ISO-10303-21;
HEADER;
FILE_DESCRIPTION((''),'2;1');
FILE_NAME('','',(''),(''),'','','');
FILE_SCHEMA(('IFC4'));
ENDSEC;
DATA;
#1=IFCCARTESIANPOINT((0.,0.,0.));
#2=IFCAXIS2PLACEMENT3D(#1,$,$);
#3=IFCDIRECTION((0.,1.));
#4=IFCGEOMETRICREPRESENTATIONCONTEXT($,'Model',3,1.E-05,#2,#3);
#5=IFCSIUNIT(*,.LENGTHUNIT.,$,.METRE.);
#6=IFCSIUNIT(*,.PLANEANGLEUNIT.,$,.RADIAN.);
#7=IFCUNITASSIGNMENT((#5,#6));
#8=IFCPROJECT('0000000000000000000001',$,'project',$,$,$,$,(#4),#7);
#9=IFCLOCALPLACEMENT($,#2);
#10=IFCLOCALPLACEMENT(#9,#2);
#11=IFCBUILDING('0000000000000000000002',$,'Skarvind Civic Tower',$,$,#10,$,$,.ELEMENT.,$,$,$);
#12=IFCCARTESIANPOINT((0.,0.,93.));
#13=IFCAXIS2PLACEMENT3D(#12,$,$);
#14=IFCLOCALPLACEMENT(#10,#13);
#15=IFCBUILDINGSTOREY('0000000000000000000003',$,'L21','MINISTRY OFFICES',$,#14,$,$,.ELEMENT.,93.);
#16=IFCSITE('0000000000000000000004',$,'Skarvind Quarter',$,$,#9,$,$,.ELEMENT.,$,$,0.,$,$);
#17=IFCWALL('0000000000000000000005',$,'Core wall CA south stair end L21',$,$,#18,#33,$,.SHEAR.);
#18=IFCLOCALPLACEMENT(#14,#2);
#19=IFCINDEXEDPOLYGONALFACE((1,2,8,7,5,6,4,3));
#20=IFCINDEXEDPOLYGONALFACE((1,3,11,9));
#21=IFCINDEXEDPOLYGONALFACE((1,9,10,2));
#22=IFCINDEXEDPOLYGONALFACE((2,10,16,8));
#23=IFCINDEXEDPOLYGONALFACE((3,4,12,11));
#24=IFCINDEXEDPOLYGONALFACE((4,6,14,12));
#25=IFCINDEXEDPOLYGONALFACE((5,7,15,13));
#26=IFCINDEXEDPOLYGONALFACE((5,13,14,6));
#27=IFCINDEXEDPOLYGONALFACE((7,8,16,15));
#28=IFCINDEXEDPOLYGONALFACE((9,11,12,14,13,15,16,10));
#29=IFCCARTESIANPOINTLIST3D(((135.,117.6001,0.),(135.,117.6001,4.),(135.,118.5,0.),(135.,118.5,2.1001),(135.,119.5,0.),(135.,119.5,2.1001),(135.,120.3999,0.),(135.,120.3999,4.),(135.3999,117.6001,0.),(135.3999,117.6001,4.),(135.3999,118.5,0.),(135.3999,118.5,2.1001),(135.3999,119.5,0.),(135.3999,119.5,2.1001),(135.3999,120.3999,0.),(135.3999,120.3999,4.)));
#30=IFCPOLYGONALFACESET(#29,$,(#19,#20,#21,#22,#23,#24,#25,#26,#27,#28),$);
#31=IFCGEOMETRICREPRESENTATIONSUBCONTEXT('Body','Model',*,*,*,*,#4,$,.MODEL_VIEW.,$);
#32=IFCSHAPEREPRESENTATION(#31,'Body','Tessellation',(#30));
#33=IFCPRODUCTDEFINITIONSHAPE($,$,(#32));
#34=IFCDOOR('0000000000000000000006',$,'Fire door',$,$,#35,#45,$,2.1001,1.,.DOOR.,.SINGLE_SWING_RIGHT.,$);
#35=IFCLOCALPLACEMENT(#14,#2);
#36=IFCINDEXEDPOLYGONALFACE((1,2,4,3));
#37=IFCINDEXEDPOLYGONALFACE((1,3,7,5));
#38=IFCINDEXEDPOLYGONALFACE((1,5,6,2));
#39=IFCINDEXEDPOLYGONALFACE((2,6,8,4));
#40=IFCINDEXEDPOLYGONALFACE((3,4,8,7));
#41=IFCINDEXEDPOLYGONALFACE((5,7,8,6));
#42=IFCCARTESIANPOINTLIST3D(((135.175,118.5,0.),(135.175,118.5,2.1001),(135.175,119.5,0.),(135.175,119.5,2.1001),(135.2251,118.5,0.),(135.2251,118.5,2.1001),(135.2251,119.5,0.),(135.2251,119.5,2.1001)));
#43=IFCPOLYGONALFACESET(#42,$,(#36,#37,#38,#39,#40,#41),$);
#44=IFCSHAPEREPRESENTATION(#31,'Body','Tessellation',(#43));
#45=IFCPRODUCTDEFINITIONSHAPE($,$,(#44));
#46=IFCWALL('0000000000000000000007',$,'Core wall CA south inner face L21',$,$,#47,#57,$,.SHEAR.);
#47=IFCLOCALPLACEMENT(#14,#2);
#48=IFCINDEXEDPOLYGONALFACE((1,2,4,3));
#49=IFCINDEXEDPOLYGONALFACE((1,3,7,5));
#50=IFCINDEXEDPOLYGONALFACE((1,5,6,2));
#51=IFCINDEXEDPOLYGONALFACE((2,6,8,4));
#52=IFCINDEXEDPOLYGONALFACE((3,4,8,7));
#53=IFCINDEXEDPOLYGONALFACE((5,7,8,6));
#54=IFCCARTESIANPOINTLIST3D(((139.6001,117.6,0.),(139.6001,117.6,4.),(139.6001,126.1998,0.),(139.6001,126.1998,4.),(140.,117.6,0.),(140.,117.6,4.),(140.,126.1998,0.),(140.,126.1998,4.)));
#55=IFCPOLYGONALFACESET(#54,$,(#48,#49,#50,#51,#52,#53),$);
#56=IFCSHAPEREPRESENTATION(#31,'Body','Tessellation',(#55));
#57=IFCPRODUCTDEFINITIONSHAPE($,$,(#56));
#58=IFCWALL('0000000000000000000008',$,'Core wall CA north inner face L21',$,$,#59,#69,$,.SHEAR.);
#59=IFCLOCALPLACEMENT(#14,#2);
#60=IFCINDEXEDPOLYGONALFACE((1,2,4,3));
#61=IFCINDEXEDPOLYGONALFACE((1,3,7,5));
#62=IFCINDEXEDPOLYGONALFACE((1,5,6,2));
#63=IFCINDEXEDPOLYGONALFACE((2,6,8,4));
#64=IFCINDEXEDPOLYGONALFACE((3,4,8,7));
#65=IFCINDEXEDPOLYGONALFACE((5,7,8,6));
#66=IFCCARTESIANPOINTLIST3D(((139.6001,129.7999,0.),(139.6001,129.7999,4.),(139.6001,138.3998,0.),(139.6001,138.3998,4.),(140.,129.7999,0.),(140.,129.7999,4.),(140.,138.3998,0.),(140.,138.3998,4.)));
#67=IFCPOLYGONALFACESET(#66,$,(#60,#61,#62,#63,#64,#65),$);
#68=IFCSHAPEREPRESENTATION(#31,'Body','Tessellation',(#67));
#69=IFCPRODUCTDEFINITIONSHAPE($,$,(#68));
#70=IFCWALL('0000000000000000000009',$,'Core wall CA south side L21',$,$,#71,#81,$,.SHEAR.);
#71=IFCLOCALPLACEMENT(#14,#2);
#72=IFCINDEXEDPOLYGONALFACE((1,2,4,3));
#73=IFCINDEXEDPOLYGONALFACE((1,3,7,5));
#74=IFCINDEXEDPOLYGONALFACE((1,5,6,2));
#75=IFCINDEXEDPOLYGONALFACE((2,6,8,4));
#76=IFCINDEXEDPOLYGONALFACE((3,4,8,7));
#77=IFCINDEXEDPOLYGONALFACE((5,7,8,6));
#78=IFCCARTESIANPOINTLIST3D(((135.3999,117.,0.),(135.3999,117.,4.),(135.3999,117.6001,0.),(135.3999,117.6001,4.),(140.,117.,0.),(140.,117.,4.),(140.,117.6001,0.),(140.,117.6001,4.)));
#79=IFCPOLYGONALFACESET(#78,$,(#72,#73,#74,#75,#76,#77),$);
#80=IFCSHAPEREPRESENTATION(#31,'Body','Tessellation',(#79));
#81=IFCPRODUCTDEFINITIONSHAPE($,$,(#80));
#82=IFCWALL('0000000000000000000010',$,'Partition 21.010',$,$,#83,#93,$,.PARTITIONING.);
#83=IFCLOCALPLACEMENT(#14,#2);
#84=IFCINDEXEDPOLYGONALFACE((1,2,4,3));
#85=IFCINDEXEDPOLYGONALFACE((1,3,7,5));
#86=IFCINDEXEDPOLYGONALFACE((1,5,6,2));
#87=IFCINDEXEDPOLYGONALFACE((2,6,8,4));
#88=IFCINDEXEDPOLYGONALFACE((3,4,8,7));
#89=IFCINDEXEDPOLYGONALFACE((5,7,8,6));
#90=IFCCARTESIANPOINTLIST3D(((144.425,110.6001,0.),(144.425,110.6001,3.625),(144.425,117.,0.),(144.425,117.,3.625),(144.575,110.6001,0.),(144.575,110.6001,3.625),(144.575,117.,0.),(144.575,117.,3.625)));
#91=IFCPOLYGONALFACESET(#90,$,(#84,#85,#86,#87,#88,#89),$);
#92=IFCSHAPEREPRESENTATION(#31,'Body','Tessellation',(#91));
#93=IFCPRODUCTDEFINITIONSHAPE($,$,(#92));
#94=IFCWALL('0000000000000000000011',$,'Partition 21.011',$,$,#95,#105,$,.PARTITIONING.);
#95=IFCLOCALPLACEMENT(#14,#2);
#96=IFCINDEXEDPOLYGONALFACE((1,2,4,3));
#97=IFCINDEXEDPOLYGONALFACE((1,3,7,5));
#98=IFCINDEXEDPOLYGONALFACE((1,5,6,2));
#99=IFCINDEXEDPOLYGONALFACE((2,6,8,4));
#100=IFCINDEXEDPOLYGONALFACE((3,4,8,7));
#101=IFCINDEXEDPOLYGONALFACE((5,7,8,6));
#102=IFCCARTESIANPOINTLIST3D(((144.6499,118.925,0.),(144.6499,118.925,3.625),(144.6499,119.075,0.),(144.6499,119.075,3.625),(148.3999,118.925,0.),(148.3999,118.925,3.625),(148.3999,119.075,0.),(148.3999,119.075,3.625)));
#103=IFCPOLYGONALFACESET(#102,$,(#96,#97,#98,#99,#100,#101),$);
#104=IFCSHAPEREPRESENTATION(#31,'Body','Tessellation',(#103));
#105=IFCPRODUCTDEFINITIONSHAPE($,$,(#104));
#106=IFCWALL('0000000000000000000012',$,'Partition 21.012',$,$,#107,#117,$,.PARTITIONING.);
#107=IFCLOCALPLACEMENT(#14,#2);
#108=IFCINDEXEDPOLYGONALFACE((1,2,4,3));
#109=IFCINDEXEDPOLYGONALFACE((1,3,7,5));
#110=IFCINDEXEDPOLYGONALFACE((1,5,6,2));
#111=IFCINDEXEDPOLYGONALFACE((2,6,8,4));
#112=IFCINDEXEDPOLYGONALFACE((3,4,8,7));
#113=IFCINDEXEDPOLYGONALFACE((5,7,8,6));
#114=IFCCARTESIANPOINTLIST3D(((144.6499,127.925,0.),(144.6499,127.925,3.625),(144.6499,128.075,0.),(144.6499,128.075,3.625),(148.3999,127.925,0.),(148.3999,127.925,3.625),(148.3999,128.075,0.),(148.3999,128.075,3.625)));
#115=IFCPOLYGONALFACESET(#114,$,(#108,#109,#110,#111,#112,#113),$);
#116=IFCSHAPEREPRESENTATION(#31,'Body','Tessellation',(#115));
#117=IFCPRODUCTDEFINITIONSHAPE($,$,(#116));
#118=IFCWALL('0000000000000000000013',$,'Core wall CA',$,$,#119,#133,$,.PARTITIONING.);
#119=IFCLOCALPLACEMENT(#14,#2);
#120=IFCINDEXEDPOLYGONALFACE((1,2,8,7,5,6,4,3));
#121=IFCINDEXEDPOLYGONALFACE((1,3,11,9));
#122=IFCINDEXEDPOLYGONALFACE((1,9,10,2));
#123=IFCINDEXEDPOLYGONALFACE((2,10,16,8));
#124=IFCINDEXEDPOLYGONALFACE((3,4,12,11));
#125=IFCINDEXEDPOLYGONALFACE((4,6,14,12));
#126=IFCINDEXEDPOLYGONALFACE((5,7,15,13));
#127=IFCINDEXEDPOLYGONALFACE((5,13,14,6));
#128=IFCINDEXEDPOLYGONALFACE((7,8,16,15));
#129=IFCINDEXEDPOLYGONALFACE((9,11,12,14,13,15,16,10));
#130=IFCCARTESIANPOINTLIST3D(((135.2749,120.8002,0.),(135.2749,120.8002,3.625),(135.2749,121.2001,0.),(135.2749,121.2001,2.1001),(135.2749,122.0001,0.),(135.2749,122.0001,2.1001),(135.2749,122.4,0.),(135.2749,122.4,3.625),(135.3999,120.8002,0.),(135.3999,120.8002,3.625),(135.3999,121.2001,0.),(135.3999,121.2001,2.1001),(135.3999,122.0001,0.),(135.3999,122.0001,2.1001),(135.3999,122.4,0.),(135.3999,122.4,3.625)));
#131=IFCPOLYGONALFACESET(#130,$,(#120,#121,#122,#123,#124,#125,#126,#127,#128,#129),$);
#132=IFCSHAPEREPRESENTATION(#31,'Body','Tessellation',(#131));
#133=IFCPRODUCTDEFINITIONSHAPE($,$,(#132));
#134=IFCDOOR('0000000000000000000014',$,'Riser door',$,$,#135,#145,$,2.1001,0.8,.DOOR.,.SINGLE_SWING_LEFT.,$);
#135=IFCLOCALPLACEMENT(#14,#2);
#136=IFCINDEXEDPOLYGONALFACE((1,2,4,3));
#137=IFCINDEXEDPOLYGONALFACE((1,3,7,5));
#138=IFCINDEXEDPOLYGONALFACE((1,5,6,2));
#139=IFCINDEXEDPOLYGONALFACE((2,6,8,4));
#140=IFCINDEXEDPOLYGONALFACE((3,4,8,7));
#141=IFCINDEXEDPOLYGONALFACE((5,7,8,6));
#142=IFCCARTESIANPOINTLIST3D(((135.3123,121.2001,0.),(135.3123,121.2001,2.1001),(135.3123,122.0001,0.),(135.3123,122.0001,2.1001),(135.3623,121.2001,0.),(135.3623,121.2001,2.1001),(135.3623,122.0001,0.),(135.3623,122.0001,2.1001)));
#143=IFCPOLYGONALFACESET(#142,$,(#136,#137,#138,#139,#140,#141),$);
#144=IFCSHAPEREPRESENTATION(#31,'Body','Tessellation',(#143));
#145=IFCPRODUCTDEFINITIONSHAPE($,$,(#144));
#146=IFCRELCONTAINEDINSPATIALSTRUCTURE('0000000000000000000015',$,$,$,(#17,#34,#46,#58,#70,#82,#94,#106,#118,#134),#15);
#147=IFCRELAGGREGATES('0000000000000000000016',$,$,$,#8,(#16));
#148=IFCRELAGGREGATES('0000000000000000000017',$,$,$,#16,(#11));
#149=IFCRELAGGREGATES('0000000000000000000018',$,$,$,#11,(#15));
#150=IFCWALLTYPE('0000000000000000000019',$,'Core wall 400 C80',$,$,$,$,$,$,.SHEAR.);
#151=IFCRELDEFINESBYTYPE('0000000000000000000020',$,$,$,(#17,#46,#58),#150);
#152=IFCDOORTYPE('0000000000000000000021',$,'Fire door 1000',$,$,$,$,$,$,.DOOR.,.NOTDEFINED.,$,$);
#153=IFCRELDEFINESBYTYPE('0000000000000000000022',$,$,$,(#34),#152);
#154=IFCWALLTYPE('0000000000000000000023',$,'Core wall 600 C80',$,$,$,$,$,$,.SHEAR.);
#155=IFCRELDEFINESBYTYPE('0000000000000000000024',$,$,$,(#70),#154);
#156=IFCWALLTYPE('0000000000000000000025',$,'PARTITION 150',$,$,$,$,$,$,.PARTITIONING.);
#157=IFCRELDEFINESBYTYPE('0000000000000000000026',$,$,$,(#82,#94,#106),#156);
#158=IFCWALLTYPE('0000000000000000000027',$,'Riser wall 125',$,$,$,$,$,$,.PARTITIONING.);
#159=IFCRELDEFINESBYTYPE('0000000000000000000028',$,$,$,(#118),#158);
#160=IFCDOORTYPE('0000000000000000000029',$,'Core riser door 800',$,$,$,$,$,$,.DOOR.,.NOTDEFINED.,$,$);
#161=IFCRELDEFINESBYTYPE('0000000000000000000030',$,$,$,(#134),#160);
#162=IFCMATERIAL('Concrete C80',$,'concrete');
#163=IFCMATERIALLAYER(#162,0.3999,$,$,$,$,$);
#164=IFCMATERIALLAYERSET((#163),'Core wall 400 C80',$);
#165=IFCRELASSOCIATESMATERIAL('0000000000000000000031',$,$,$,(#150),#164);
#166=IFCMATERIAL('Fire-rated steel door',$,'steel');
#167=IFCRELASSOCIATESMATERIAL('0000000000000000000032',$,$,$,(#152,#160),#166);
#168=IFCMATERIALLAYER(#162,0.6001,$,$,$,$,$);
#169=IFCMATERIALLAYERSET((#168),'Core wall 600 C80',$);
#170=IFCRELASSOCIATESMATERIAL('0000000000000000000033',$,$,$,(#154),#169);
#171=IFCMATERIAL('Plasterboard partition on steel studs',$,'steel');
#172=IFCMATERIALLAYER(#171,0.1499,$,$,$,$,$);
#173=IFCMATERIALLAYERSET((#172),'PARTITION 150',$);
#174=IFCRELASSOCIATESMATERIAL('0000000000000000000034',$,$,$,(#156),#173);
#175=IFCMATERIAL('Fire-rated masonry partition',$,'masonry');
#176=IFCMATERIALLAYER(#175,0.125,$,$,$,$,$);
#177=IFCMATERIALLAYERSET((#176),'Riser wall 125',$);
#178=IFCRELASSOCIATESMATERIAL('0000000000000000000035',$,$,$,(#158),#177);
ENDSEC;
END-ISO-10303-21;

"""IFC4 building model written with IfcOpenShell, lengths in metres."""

from ifc_helpers import new_model, si_unit, direction, frame, frame_2d, origin, place, context, subcontext, project, spatial, rectangle, extrude, material, layer, layer_set, type_object, element, fill, save


model = new_model("IFC4")

# Units and contexts
model_context = context("Model", 3, precision=1e-05, world=origin(), true_north=direction((0.0, 1.0)))
body_context = subcontext(model_context, "Body", "Model", "MODEL_VIEW")
ifc_project = project(units=[si_unit("LENGTHUNIT", "METRE"), si_unit("PLANEANGLEUNIT", "RADIAN")], contexts=[model_context])

# Site, building, storey
site_placement = place(None, origin())
site = spatial("IfcSite", under=ifc_project, at=site_placement, Name="Skarvind Quarter", CompositionType="ELEMENT", RefElevation=0.0)
building_placement = place(site_placement, origin())
building = spatial("IfcBuilding", under=site, at=building_placement, Name="Skarvind Civic Tower", CompositionType="ELEMENT")
storey_placement = place(building_placement, frame((0.0, 0.0, 93.0)))
storey = spatial("IfcBuildingStorey", under=building, at=storey_placement, Name="L21", Description="MINISTRY OFFICES", CompositionType="ELEMENT", Elevation=93.0)

# Wall, opening, door
ifc_material_1 = material(Name="Fire-rated masonry partition", Category="masonry")
ifc_material_2 = material(Name="Fire-rated steel door", Category="steel")
ifc_material_3 = material(Name="Concrete C80", Category="concrete")
ifc_layer_1 = layer(ifc_material_3, 0.3999)
ifc_layer_set_1 = layer_set([ifc_layer_1], Name="Core wall 400 C80")
wall_type_1 = type_object("IfcWallType", Name="Core wall 400 C80", PredefinedType="SHEAR", material=ifc_layer_set_1)
wall_1_placement = place(storey_placement, frame((135.2, 117.6001, 0.0), z_axis=(0.0, 0.0, 1.0), x_axis=(0.0, 1.0, 0.0)))
wall_1 = element("IfcWall", 1, at=wall_1_placement, inside=storey, type_object=wall_type_1, Name="Core wall CA south stair end L21", PredefinedType="SHEAR", context=body_context, shape_type="SweptSolid", body=[
    extrude(rectangle(XDim=2.7998, YDim=0.3999, at=frame_2d((1.3999, 0.0))), origin(), (0.0, 0.0, 1.0), 4.0),
])
opening_1_placement = place(wall_1_placement, frame((0.8999, 0.0, 0.0)))
opening_1 = element("IfcOpeningElement", 2, at=opening_1_placement, cuts=wall_1, PredefinedType="OPENING", context=body_context, shape_type="SweptSolid", body=[
    extrude(rectangle(XDim=1.0, YDim=2.1001, at=frame_2d((0.5, 1.05))), frame((0.0, 0.21, 0.0), z_axis=(0.0, -1.0, 0.0), x_axis=(1.0, 0.0, 0.0)), (0.0, 0.0, 1.0), 0.4199),
])
door_type_1 = type_object("IfcDoorType", Name="Fire door 1000", OperationType="NOTDEFINED", PredefinedType="DOOR", material=ifc_material_2)
door_1_placement = place(opening_1_placement, origin())
door_1 = element("IfcDoor", 3, at=door_1_placement, inside=storey, type_object=door_type_1, Name="Fire door", OperationType="SINGLE_SWING_RIGHT", OverallHeight=2.1001, OverallWidth=1.0, PredefinedType="DOOR", context=body_context, shape_type="SweptSolid", body=[
    extrude(rectangle(XDim=1.0, YDim=2.1001, at=frame_2d((0.5, 1.05))), frame((0.0, 0.0249, 0.0), z_axis=(0.0, -1.0, 0.0), x_axis=(1.0, 0.0, 0.0)), (0.0, 0.0, 1.0), 0.05),
])
fill(opening_1, door_1)

# Walls
for number, where, z_axis, x_axis, name in (
    (4, (139.8, 117.6001, 0.0), (0.0, 0.0, 1.0), (0.0, 1.0, 0.0), "Core wall CA south inner face L21"),
    (5, (139.8, 129.8, 0.0), (0.0, 0.0, 1.0), (0.0, 1.0, 0.0), "Core wall CA north inner face L21"),
):
    element("IfcWall", number, at=place(storey_placement, frame(where, z_axis=z_axis, x_axis=x_axis)), inside=storey, type_object=wall_type_1, Name=name, PredefinedType="SHEAR", context=body_context, shape_type="SweptSolid", body=[
        extrude(rectangle(XDim=8.5999, YDim=0.3999, at=frame_2d((4.2998, 0.0))), origin(), (0.0, 0.0, 1.0), 4.0),
    ])
ifc_layer_2 = layer(ifc_material_3, 0.6001)
ifc_layer_set_2 = layer_set([ifc_layer_2], Name="Core wall 600 C80")
wall_type_2 = type_object("IfcWallType", Name="Core wall 600 C80", PredefinedType="SHEAR", material=ifc_layer_set_2)
wall_2_placement = place(storey_placement, frame((135.3999, 117.3, 0.0), z_axis=(0.0, 0.0, 1.0), x_axis=(1.0, 0.0, 0.0)))
element("IfcWall", 6, at=wall_2_placement, inside=storey, type_object=wall_type_2, Name="Core wall CA south side L21", PredefinedType="SHEAR", context=body_context, shape_type="SweptSolid", body=[
    extrude(rectangle(XDim=4.6001, YDim=0.6001, at=frame_2d((2.3, 0.0))), origin(), (0.0, 0.0, 1.0), 4.0),
])
ifc_material_4 = material(Name="Plasterboard partition on steel studs", Category="steel")
ifc_layer_3 = layer(ifc_material_4, 0.1499)
ifc_layer_set_3 = layer_set([ifc_layer_3], Name="PARTITION 150")
wall_type_3 = type_object("IfcWallType", Name="PARTITION 150", PredefinedType="PARTITIONING", material=ifc_layer_set_3)
wall_3_placement = place(storey_placement, frame((144.5, 117.0, 0.0), z_axis=(0.0, 0.0, 1.0), x_axis=(0.0, -1.0, 0.0)))
element("IfcWall", 7, at=wall_3_placement, inside=storey, type_object=wall_type_3, Name="Partition 21.010", PredefinedType="PARTITIONING", context=body_context, shape_type="SweptSolid", body=[
    extrude(rectangle(XDim=6.3999, YDim=0.1499, at=frame_2d((3.2, 0.0))), origin(), (0.0, 0.0, 1.0), 3.625),
])
for number, where, z_axis, x_axis, name in (
    (8, (144.6499, 119.0, 0.0), (0.0, 0.0, 1.0), (1.0, 0.0, 0.0), "Partition 21.011"),
    (9, (144.6499, 128.0, 0.0), (0.0, 0.0, 1.0), (1.0, 0.0, 0.0), "Partition 21.012"),
):
    element("IfcWall", number, at=place(storey_placement, frame(where, z_axis=z_axis, x_axis=x_axis)), inside=storey, type_object=wall_type_3, Name=name, PredefinedType="PARTITIONING", context=body_context, shape_type="SweptSolid", body=[
        extrude(rectangle(XDim=3.75, YDim=0.1499, at=frame_2d((1.875, 0.0))), origin(), (0.0, 0.0, 1.0), 3.625),
    ])

# Wall, opening, door
ifc_layer_4 = layer(ifc_material_1, 0.125)
ifc_layer_set_4 = layer_set([ifc_layer_4], Name="Riser wall 125")
wall_type_4 = type_object("IfcWallType", Name="Riser wall 125", PredefinedType="PARTITIONING", material=ifc_layer_set_4)
wall_4_placement = place(storey_placement, frame((135.3374, 122.3999, 0.0), z_axis=(0.0, 0.0, 1.0), x_axis=(0.0, -1.0, 0.0)))
wall_4 = element("IfcWall", 10, at=wall_4_placement, inside=storey, type_object=wall_type_4, Name="Core wall CA", PredefinedType="PARTITIONING", context=body_context, shape_type="SweptSolid", body=[
    extrude(rectangle(XDim=1.5999, YDim=0.125, at=frame_2d((0.7998, 0.0))), origin(), (0.0, 0.0, 1.0), 3.625),
])
opening_2_placement = place(wall_4_placement, frame((0.3999, 0.0, 0.0)))
opening_2 = element("IfcOpeningElement", 11, at=opening_2_placement, cuts=wall_4, PredefinedType="OPENING", context=body_context, shape_type="SweptSolid", body=[
    extrude(rectangle(XDim=0.8, YDim=2.1001, at=frame_2d((0.3999, 1.05))), frame((0.0, 0.0725, 0.0), z_axis=(0.0, -1.0, 0.0), x_axis=(1.0, 0.0, 0.0)), (0.0, 0.0, 1.0), 0.145),
])
door_type_2 = type_object("IfcDoorType", Name="Core riser door 800", OperationType="NOTDEFINED", PredefinedType="DOOR", material=ifc_material_2)
door_2_placement = place(opening_2_placement, origin())
door_2 = element("IfcDoor", 12, at=door_2_placement, inside=storey, type_object=door_type_2, Name="Riser door", OperationType="SINGLE_SWING_LEFT", OverallHeight=2.1001, OverallWidth=0.8, PredefinedType="DOOR", context=body_context, shape_type="SweptSolid", body=[
    extrude(rectangle(XDim=0.8, YDim=2.1001, at=frame_2d((0.3999, 1.05))), frame((0.0, 0.0249, 0.0), z_axis=(0.0, -1.0, 0.0), x_axis=(1.0, 0.0, 0.0)), (0.0, 0.0, 1.0), 0.05),
])
fill(opening_2, door_2)

save(model, "model.ifc")
